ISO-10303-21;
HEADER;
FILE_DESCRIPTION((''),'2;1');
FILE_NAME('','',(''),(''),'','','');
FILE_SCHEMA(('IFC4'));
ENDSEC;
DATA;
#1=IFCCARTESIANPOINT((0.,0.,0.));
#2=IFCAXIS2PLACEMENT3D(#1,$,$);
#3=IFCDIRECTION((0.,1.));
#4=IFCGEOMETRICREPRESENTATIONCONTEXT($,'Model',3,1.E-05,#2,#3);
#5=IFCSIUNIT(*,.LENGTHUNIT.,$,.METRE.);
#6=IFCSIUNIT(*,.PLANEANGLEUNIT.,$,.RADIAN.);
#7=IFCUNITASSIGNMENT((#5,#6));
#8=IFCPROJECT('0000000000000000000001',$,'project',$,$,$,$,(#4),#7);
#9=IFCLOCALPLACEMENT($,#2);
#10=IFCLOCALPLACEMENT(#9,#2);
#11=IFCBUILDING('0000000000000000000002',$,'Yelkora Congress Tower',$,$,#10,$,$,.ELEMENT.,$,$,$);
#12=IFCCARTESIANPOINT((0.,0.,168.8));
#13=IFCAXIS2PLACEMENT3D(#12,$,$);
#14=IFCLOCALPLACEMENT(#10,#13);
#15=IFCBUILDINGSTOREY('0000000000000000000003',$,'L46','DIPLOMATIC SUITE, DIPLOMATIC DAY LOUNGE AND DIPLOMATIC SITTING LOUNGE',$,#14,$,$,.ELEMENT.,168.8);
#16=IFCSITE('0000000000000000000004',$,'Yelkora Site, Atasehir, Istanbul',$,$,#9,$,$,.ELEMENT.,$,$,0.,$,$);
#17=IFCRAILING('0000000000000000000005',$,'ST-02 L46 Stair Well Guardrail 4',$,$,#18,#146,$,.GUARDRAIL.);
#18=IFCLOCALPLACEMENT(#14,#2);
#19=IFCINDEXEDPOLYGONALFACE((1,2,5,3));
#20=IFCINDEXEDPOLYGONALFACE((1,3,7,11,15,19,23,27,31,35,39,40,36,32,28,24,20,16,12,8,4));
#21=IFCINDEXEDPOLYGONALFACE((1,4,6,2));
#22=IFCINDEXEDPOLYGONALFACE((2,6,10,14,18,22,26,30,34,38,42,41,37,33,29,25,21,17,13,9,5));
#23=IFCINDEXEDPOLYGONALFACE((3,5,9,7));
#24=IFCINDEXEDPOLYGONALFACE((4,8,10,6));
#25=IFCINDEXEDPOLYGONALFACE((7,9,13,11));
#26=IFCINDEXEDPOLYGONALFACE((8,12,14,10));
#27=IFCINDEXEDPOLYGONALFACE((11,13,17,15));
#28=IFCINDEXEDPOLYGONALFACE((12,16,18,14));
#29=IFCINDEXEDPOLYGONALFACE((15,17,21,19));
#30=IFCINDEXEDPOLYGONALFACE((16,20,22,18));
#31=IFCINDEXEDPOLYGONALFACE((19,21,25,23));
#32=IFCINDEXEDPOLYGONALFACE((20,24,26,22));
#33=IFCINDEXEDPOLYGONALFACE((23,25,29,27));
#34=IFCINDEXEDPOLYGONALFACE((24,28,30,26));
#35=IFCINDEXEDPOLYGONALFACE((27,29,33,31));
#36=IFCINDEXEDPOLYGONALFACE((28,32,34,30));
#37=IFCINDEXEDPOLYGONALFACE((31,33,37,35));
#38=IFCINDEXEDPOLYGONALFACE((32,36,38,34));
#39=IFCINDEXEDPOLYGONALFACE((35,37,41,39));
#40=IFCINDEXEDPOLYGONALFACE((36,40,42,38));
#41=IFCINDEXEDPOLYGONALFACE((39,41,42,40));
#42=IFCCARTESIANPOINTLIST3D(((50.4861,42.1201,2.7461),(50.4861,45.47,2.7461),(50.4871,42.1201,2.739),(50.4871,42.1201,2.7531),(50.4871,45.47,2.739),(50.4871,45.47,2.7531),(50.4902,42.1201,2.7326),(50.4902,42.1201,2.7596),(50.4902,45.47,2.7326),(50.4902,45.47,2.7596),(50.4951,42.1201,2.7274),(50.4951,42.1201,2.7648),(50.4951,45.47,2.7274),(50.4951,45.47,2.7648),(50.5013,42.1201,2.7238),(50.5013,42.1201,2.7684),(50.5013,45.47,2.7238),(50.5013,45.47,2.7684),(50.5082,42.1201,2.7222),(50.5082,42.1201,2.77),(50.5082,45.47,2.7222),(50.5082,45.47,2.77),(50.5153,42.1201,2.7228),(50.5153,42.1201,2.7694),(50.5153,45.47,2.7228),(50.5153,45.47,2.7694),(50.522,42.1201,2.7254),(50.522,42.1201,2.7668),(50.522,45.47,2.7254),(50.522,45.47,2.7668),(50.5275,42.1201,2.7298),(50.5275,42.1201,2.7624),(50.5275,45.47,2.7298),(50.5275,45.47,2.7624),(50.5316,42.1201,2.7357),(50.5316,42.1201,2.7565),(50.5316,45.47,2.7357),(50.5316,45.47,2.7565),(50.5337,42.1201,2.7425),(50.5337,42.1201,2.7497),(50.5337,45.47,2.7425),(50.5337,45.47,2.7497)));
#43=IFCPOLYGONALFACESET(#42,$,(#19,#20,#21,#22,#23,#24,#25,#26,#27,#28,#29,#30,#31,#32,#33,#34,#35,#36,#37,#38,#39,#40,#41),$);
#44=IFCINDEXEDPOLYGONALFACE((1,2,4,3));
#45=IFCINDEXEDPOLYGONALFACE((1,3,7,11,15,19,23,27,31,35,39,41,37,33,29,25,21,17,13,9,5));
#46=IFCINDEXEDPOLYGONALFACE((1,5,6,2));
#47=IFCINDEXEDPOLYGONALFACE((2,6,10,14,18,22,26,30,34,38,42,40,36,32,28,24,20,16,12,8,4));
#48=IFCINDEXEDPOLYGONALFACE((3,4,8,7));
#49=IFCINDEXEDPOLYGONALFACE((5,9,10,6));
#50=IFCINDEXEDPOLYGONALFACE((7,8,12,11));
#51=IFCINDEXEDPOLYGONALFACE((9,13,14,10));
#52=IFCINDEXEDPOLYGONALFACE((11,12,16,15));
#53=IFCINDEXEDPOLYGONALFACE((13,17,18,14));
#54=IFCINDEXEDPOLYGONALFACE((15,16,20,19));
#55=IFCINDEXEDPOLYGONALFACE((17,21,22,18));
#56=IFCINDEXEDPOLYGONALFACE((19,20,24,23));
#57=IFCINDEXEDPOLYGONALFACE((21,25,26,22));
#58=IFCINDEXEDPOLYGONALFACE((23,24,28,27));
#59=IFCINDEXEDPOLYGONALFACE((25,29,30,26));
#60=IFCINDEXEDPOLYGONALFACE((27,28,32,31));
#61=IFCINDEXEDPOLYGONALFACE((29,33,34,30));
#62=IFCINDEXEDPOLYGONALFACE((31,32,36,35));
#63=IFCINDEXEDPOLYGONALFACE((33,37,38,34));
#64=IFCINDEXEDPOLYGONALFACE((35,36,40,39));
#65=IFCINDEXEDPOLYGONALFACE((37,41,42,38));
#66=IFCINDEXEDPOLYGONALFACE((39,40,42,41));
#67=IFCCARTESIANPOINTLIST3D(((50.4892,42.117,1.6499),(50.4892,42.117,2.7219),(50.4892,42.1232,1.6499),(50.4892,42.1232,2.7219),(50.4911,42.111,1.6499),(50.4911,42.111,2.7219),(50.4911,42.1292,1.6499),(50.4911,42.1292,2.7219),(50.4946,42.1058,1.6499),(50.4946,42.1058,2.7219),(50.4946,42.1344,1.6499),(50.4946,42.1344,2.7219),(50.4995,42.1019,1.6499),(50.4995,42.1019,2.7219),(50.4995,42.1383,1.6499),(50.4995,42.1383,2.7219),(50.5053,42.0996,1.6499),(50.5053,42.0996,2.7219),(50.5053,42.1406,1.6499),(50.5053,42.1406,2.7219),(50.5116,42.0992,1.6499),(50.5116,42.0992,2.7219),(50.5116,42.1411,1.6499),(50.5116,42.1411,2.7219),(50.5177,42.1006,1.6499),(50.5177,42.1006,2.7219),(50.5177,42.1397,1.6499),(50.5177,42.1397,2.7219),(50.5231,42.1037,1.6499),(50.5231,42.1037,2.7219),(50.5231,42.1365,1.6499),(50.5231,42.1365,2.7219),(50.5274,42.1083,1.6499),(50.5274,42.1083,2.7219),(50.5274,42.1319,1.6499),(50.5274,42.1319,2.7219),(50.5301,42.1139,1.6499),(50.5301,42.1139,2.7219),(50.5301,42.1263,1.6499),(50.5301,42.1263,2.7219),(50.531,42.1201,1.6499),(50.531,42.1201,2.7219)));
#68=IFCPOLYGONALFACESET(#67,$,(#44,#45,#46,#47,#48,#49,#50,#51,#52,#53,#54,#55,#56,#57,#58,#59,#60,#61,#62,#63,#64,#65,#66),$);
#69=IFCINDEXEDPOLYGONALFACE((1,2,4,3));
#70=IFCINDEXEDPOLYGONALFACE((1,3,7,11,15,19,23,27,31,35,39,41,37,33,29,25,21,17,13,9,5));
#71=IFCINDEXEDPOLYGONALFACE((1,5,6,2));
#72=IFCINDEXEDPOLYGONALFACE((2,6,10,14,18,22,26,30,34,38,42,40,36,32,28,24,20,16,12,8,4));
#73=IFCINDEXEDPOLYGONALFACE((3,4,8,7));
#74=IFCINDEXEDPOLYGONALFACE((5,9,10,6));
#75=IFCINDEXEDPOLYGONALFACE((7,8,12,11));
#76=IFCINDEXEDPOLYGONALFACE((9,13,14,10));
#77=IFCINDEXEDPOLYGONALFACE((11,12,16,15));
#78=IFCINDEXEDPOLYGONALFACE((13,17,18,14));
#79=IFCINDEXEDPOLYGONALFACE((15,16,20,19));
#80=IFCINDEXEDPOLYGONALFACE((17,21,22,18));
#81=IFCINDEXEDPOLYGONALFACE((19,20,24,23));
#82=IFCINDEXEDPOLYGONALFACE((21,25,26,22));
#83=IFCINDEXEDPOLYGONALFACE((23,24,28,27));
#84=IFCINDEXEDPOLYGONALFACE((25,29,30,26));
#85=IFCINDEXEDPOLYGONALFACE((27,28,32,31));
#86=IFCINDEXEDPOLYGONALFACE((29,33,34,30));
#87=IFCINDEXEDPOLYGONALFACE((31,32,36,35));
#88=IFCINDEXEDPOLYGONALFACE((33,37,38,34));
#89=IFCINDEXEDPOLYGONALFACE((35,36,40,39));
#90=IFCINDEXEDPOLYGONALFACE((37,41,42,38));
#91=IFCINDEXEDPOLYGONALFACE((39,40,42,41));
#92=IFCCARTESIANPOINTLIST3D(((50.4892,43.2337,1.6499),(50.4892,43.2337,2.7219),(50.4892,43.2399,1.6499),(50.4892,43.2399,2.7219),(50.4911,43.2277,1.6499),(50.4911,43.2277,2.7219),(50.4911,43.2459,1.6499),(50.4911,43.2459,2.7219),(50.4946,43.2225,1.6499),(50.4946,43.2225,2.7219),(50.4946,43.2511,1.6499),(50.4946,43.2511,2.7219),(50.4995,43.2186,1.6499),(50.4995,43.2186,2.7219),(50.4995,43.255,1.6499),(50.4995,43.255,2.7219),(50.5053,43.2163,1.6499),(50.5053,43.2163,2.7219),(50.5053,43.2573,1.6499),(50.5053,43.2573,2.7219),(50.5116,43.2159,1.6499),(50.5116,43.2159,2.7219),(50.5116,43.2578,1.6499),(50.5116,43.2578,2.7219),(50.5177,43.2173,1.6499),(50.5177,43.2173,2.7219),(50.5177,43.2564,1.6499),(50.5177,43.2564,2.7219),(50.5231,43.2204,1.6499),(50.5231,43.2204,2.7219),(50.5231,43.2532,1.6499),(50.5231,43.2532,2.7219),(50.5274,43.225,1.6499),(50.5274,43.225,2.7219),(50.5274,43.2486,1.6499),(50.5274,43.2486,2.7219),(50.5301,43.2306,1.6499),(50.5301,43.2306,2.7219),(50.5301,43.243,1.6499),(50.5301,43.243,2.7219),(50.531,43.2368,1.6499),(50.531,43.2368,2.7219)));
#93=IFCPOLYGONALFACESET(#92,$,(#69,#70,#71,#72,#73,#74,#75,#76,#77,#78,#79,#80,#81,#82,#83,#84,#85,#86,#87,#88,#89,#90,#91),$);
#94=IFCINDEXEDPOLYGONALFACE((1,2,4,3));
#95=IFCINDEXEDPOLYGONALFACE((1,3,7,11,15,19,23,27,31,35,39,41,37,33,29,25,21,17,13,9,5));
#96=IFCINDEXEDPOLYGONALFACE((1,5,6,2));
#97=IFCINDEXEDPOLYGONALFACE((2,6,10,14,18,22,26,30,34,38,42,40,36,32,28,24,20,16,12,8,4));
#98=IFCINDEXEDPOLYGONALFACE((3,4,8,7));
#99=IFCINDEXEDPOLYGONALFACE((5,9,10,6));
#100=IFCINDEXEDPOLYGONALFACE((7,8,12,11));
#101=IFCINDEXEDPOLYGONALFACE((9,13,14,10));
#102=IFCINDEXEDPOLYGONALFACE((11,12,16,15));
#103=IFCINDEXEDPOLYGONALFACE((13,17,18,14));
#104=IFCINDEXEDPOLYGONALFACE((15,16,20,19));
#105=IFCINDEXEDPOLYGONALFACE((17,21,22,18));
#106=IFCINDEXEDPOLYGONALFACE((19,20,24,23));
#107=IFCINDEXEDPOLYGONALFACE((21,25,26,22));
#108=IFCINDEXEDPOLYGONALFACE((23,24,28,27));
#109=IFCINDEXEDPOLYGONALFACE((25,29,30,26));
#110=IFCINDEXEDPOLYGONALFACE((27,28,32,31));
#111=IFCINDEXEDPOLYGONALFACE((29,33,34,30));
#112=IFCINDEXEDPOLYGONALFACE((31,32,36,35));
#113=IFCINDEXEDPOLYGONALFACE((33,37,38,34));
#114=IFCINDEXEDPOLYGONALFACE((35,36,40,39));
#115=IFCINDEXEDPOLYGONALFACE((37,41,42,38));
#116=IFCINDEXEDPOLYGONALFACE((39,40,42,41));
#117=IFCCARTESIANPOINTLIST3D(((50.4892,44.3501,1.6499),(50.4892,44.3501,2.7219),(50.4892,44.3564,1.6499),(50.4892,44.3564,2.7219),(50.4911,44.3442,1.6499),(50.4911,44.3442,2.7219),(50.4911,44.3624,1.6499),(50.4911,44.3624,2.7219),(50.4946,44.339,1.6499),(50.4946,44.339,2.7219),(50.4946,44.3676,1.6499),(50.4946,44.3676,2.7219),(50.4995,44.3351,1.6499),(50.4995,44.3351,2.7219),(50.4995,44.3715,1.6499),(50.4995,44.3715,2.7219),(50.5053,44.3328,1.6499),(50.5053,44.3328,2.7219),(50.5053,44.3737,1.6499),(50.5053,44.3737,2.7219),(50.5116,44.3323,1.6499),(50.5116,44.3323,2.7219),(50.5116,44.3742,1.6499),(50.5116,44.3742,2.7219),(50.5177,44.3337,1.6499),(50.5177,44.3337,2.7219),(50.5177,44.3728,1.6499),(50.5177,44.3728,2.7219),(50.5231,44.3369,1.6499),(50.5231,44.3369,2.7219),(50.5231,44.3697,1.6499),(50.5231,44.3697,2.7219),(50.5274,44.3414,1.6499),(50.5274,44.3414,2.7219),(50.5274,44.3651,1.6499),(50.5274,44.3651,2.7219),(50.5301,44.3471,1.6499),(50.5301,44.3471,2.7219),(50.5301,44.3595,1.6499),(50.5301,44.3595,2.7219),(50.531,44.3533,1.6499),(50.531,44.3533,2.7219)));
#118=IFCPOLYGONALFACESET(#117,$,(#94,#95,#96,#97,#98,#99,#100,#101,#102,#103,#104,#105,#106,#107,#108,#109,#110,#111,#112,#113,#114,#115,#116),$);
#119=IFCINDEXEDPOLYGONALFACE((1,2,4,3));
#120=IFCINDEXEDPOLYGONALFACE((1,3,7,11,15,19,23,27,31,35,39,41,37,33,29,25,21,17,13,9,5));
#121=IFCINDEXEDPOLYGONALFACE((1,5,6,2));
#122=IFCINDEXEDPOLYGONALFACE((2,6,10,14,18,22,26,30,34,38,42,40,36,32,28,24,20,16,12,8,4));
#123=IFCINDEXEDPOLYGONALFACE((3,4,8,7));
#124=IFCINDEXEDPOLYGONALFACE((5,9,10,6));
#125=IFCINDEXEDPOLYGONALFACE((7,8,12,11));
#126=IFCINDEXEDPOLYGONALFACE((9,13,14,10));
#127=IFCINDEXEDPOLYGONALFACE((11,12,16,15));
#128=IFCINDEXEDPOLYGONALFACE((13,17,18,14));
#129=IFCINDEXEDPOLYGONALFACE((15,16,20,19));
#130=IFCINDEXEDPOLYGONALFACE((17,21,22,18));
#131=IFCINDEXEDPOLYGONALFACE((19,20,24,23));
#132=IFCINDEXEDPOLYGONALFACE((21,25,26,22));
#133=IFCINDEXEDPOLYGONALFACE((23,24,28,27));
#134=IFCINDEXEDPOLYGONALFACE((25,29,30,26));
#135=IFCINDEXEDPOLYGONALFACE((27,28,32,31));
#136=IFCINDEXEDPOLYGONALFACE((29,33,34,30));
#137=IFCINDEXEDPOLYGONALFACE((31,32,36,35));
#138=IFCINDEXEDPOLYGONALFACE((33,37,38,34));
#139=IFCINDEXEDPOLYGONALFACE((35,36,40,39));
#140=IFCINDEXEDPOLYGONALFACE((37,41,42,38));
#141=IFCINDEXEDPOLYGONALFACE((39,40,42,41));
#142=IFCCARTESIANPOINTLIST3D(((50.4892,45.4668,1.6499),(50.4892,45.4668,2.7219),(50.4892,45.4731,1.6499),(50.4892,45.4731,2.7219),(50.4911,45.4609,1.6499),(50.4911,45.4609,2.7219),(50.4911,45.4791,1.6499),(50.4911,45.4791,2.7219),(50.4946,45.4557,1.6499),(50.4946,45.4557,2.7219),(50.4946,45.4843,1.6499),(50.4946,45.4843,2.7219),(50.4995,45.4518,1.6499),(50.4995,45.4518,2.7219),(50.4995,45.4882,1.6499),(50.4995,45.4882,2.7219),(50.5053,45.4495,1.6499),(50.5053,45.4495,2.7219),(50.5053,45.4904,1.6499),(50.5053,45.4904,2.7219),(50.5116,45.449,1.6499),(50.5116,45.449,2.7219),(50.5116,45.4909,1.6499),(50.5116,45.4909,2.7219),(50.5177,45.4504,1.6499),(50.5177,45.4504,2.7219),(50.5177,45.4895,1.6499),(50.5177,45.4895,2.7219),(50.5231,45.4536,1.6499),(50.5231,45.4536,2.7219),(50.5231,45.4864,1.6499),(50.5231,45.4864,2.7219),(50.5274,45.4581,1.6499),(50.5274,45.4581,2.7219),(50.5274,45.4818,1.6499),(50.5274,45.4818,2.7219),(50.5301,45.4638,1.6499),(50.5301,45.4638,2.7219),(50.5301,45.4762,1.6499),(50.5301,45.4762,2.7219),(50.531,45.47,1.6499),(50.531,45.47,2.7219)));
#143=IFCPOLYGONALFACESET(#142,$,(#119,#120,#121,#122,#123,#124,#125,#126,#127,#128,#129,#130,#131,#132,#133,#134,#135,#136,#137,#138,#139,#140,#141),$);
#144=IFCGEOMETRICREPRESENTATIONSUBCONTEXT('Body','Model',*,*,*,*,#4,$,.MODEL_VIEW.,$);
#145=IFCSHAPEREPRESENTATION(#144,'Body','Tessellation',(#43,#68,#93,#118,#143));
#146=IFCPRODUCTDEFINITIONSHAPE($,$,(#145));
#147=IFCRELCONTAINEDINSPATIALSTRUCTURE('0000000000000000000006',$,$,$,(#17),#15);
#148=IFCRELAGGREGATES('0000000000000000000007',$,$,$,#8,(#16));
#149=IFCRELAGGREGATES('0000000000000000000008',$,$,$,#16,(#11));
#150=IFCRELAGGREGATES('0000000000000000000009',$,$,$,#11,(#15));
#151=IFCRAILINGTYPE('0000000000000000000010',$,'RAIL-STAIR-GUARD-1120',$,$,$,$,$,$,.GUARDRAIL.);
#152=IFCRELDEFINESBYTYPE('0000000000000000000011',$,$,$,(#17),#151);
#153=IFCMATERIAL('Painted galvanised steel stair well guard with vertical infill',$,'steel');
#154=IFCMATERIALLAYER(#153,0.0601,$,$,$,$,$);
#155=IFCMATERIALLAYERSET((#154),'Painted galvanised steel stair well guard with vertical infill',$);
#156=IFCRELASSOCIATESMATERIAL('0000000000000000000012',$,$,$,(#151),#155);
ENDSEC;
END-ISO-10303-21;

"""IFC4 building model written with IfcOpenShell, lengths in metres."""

from ifc_helpers import new_model, si_unit, direction, frame, origin, origin_2d, place, context, subcontext, project, spatial, circle, extrude, material, layer, layer_set, type_object, element, save


model = new_model("IFC4")

# Units and contexts
model_context = context("Model", 3, precision=1e-05, world=origin(), true_north=direction((0.0, 1.0)))
body_context = subcontext(model_context, "Body", "Model", "MODEL_VIEW")
ifc_project = project(units=[si_unit("LENGTHUNIT", "METRE"), si_unit("PLANEANGLEUNIT", "RADIAN")], contexts=[model_context])

# Site, building, storey
site_placement = place(None, origin())
site = spatial("IfcSite", under=ifc_project, at=site_placement, Name="Yelkora Site, Atasehir, Istanbul", CompositionType="ELEMENT", RefElevation=0.0)
building_placement = place(site_placement, origin())
building = spatial("IfcBuilding", under=site, at=building_placement, Name="Yelkora Congress Tower", CompositionType="ELEMENT")
storey_placement = place(building_placement, frame((0.0, 0.0, 168.8)))
storey = spatial("IfcBuildingStorey", under=building, at=storey_placement, Name="L46", Description="DIPLOMATIC SUITE, DIPLOMATIC DAY LOUNGE AND DIPLOMATIC SITTING LOUNGE", CompositionType="ELEMENT", Elevation=168.8)

# Railing
ifc_material_1 = material(Name="Painted galvanised steel stair well guard with vertical infill", Category="steel")
ifc_layer_1 = layer(ifc_material_1, 0.0601)
ifc_layer_set_1 = layer_set([ifc_layer_1], Name="Painted galvanised steel stair well guard with vertical infill")
railing_type_1 = type_object("IfcRailingType", Name="RAIL-STAIR-GUARD-1120", PredefinedType="GUARDRAIL", material=ifc_layer_set_1)
for number, where, name in (
    (1, (50.51, 42.1201, 1.6499), "ST-02 L46 Stair Well Guardrail 4"),
):
    element("IfcRailing", number, at=place(storey_placement, frame(where)), inside=storey, type_object=railing_type_1, Name=name, PredefinedType="GUARDRAIL", context=body_context, shape_type="SweptSolid", body=[
        extrude(circle(Radius=0.0239, at=origin_2d()), frame((0.0, 0.0, 1.0962), z_axis=(0.0, 1.0, 0.0), x_axis=(-1.0, 0.0, 0.0)), (0.0, 0.0, 1.0), 3.3499),
        extrude(circle(Radius=0.021, at=origin_2d()), origin(), (0.0, 0.0, 1.0), 1.072),
        extrude(circle(Radius=0.021, at=origin_2d()), frame((0.0, 1.1167, 0.0)), (0.0, 0.0, 1.0), 1.072),
        extrude(circle(Radius=0.021, at=origin_2d()), frame((0.0, 2.2332, 0.0)), (0.0, 0.0, 1.0), 1.072),
        extrude(circle(Radius=0.021, at=origin_2d()), frame((0.0, 3.3499, 0.0)), (0.0, 0.0, 1.0), 1.072),
    ])

save(model, "model.ifc")
